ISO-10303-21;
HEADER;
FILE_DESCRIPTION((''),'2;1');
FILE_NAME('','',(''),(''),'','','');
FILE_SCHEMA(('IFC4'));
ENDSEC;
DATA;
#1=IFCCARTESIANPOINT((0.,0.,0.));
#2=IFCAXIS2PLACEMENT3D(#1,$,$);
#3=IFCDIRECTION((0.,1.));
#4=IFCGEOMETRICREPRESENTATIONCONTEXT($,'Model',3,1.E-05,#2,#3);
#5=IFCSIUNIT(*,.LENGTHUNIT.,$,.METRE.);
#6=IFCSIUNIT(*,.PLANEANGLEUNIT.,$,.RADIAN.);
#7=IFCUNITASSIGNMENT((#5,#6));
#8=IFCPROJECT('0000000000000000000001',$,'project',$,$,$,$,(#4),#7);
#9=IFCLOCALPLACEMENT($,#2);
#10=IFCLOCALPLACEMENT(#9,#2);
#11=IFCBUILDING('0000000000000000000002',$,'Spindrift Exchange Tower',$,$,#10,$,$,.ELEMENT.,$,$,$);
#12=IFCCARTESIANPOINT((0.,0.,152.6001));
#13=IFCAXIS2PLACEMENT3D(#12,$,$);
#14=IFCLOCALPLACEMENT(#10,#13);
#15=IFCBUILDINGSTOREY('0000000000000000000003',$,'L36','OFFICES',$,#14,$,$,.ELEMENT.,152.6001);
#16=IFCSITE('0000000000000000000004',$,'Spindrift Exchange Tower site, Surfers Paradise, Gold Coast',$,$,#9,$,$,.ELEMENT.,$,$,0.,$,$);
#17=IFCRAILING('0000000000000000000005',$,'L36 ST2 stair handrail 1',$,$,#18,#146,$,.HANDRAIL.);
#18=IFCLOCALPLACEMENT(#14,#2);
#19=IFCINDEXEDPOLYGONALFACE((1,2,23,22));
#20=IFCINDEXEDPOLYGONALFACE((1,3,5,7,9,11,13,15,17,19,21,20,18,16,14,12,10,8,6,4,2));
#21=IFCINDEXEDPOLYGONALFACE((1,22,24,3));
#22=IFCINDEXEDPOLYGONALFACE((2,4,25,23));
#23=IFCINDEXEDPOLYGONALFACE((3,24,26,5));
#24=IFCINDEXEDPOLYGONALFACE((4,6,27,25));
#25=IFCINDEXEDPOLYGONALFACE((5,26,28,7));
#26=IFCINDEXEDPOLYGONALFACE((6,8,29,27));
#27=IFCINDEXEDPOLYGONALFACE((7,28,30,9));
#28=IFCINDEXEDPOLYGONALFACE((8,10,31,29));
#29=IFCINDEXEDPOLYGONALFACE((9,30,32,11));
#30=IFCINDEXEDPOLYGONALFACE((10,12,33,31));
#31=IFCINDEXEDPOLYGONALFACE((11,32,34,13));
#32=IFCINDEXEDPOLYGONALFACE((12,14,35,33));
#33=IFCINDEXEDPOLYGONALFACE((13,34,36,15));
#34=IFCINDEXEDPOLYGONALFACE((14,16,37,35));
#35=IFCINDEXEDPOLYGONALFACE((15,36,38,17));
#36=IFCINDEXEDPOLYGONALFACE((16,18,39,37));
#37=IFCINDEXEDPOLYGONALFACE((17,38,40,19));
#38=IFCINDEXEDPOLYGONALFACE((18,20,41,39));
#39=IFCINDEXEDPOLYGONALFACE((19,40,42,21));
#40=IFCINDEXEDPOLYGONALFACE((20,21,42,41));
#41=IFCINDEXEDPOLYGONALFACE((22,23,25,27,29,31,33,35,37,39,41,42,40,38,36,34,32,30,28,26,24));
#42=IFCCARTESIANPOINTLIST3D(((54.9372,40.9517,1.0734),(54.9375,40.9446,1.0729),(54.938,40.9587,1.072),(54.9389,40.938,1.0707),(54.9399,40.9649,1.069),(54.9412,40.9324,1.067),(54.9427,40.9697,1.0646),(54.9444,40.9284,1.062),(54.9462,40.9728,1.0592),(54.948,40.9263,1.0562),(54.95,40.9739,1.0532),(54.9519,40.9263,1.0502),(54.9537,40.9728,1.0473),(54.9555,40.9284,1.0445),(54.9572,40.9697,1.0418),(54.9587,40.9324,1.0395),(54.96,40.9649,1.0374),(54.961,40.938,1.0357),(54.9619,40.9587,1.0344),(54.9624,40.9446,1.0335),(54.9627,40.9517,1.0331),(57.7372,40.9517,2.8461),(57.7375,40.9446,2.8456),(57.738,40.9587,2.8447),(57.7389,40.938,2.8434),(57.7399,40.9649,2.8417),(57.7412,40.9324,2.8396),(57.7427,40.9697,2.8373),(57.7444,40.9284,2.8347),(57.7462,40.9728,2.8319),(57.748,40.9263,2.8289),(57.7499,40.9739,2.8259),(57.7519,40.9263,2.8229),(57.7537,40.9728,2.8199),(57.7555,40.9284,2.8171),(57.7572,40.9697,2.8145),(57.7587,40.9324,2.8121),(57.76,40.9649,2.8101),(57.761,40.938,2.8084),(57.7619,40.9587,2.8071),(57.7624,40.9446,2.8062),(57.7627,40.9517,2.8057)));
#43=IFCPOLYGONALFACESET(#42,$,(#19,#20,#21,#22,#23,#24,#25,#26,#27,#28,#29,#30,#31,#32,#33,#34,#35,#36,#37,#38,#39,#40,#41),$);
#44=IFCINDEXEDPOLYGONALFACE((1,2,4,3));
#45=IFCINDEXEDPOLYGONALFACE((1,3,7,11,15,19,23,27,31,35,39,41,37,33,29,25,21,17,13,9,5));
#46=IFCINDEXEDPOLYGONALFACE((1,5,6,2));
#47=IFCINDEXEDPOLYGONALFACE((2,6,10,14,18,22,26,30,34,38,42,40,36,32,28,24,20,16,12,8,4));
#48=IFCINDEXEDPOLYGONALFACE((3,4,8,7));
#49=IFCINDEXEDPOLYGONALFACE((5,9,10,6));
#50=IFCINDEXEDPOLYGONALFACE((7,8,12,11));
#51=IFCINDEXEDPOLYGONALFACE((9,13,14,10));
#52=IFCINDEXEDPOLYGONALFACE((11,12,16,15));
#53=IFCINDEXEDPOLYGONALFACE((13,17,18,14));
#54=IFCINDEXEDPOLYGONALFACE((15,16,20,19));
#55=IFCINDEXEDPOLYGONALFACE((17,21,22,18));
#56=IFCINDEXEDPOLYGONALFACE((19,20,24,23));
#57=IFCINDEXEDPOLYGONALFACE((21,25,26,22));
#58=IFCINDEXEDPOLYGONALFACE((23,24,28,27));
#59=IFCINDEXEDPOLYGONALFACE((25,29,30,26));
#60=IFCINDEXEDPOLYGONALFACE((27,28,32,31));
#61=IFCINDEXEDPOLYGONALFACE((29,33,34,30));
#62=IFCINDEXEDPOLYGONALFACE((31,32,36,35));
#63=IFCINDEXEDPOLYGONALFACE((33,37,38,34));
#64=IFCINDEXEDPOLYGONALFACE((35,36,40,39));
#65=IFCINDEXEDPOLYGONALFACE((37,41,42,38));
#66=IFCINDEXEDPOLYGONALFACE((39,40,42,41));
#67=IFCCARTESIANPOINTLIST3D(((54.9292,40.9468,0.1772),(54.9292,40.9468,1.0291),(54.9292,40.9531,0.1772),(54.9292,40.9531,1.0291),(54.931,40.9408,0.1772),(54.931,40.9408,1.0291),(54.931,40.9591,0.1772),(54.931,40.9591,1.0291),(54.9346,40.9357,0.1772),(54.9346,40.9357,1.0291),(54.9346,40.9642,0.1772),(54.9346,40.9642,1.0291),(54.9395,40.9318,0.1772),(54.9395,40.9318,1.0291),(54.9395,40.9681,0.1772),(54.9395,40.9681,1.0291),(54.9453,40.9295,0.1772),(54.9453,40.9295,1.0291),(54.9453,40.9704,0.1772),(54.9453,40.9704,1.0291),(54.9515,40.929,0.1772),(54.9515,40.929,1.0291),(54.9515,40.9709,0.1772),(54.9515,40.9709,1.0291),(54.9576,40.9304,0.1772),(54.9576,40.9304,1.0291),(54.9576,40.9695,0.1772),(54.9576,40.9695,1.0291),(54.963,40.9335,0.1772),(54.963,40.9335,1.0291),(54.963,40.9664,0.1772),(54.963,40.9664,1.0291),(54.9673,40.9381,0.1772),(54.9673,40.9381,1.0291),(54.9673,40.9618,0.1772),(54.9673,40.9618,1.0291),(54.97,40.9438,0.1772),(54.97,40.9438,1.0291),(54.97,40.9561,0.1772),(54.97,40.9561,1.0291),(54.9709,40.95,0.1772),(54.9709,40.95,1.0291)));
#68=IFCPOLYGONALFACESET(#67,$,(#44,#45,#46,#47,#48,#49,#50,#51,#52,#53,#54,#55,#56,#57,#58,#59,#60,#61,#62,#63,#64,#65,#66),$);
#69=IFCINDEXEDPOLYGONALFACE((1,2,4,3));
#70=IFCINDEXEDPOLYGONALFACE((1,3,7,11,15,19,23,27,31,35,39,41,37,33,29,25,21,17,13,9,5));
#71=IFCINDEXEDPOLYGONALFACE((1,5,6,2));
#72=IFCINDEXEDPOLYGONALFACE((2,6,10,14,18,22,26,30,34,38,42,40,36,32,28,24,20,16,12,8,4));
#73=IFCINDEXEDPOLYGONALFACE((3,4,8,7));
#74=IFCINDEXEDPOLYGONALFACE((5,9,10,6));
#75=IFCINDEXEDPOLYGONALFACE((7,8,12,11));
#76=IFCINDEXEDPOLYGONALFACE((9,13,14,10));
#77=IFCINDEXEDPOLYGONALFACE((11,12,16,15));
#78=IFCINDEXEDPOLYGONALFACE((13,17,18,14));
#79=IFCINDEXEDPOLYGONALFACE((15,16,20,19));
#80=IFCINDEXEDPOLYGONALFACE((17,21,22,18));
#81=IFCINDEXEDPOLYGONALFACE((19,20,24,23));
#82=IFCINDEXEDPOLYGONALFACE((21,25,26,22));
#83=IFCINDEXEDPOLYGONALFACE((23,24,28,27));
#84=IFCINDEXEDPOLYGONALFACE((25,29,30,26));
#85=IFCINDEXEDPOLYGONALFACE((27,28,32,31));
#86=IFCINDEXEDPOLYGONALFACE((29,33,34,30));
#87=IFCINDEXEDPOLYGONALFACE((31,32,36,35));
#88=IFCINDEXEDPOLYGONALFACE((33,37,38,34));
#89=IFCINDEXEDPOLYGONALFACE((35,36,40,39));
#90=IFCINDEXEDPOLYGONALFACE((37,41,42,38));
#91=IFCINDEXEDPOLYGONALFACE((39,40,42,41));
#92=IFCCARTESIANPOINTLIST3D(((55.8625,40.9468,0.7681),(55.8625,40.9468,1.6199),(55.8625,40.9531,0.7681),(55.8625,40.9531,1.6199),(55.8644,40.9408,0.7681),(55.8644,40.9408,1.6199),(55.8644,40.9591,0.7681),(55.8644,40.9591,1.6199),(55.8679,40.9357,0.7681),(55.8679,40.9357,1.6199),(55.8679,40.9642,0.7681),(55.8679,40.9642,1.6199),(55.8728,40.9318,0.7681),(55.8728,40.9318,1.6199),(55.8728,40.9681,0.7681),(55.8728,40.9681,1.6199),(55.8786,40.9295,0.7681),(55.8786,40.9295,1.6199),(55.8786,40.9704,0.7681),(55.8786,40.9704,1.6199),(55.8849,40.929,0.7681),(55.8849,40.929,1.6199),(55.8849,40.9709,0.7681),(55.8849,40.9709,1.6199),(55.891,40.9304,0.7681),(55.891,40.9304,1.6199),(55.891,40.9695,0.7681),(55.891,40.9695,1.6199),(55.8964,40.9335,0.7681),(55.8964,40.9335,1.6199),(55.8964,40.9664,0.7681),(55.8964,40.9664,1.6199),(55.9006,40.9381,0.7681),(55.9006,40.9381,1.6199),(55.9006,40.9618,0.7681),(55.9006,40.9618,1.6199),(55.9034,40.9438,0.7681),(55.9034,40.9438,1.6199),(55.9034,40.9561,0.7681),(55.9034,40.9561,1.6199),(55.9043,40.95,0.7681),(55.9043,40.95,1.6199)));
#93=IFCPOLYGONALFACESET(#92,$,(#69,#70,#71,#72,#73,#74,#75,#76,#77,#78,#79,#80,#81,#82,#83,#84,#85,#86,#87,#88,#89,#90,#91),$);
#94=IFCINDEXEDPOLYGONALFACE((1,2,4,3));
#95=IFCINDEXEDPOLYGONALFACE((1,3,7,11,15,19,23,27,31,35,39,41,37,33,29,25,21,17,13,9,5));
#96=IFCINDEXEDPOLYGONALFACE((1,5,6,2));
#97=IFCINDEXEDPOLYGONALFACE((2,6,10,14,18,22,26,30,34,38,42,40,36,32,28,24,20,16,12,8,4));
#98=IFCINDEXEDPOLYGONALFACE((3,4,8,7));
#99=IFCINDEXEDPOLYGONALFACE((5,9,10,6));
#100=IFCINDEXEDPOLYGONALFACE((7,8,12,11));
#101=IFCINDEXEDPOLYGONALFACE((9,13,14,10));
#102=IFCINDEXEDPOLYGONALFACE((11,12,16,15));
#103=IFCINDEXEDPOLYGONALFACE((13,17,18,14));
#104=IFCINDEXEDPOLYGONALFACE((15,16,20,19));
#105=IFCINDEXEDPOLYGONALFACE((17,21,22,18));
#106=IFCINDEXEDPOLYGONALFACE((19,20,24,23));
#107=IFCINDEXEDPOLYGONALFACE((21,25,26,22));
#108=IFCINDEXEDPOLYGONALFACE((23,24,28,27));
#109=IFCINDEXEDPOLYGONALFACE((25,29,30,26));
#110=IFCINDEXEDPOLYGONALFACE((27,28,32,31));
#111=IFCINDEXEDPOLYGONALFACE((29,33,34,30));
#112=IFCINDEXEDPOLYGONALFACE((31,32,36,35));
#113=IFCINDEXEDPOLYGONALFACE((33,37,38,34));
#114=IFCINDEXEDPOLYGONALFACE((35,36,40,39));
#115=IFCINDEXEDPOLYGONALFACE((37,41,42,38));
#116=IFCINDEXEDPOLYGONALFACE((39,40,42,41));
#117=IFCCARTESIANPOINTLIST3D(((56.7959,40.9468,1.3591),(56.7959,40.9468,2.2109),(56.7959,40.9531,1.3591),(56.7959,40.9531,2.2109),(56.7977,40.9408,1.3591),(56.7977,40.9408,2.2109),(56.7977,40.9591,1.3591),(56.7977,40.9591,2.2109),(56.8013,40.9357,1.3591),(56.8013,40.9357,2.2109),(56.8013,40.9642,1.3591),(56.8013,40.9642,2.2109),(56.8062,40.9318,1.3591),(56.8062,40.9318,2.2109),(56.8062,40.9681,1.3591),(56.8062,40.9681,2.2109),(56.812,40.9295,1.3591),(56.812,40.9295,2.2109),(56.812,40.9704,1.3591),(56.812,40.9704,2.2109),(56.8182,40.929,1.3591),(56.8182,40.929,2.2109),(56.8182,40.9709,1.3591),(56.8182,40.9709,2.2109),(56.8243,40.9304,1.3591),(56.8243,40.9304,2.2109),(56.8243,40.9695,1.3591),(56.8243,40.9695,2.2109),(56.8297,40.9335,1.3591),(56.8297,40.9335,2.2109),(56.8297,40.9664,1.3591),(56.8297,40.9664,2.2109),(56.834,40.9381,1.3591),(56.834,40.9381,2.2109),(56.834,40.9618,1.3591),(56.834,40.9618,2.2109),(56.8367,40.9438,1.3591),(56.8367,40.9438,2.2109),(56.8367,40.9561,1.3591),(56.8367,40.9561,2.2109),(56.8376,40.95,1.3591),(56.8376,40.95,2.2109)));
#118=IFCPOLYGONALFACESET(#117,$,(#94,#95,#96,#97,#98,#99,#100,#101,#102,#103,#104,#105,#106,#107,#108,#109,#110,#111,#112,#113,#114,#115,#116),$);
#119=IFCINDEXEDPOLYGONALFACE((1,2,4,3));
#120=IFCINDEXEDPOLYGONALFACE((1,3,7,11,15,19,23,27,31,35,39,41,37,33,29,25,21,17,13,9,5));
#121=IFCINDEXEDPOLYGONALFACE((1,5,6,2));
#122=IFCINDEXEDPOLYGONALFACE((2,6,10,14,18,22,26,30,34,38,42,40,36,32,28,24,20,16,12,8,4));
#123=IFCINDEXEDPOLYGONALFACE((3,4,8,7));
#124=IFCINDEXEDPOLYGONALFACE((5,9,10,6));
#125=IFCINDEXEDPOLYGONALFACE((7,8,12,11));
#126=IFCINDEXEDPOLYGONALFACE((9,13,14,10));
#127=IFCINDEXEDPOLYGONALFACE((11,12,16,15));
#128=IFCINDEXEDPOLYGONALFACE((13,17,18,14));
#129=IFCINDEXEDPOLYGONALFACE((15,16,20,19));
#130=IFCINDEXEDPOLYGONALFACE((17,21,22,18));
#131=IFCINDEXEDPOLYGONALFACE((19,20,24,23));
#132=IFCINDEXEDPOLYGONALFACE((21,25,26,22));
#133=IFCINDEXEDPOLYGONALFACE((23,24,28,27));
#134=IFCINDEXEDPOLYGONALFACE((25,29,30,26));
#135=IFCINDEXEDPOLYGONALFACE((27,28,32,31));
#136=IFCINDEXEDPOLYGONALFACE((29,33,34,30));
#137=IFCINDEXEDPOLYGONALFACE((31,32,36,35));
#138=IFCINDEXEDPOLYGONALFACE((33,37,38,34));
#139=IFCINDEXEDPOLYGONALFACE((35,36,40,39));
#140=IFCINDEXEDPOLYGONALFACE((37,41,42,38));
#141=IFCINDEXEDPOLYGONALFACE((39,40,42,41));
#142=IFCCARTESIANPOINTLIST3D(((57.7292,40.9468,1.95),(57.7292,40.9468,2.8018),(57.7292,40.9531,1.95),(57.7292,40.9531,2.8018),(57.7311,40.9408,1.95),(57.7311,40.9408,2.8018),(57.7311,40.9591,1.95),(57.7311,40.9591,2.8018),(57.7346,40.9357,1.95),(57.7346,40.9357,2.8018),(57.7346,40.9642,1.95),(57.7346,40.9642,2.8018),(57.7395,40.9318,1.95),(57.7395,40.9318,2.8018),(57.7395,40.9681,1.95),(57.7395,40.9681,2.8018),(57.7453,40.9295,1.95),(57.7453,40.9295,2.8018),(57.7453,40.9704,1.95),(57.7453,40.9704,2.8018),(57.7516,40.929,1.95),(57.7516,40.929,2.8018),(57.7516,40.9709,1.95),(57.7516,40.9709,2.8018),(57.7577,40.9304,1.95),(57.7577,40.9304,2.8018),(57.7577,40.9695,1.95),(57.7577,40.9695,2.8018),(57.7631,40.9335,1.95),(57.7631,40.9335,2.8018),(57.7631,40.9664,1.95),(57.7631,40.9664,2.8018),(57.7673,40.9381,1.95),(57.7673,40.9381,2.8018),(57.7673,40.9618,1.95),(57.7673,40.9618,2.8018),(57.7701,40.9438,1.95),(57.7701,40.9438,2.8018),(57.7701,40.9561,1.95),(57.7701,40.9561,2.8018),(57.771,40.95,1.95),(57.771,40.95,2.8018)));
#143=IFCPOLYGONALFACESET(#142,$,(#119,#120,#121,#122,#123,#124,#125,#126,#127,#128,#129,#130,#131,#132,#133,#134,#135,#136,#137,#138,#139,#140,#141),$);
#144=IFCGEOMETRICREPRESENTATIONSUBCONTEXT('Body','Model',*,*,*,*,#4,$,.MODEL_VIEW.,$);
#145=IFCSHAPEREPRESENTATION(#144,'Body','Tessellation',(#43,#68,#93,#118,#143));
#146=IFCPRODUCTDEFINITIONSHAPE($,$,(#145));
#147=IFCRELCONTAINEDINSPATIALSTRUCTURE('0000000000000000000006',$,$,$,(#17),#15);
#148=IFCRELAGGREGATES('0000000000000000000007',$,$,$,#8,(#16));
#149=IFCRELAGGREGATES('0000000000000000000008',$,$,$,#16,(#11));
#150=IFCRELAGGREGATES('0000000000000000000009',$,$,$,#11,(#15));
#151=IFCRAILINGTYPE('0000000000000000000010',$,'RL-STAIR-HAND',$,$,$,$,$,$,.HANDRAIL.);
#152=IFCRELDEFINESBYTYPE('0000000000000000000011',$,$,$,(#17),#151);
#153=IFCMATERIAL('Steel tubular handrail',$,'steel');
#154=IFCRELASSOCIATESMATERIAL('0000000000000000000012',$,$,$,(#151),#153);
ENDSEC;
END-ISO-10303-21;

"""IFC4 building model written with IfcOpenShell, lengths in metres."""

from ifc_helpers import new_model, si_unit, direction, frame, origin, origin_2d, place, context, subcontext, project, spatial, circle, extrude, material, type_object, element, save


model = new_model("IFC4")

# Units and contexts
model_context = context("Model", 3, precision=1e-05, world=origin(), true_north=direction((0.0, 1.0)))
body_context = subcontext(model_context, "Body", "Model", "MODEL_VIEW")
ifc_project = project(units=[si_unit("LENGTHUNIT", "METRE"), si_unit("PLANEANGLEUNIT", "RADIAN")], contexts=[model_context])

# Site, building, storey
site_placement = place(None, origin())
site = spatial("IfcSite", under=ifc_project, at=site_placement, Name="Spindrift Exchange Tower site, Surfers Paradise, Gold Coast", CompositionType="ELEMENT", RefElevation=0.0)
building_placement = place(site_placement, origin())
building = spatial("IfcBuilding", under=site, at=building_placement, Name="Spindrift Exchange Tower", CompositionType="ELEMENT")
storey_placement = place(building_placement, frame((0.0, 0.0, 152.6001)))
storey = spatial("IfcBuildingStorey", under=building, at=storey_placement, Name="L36", Description="OFFICES", CompositionType="ELEMENT", Elevation=152.6001)

# Railing
ifc_material_1 = material(Name="Steel tubular handrail", Category="steel")
railing_type_1 = type_object("IfcRailingType", Name="RL-STAIR-HAND", PredefinedType="HANDRAIL", material=ifc_material_1)
railing_1_placement = place(storey_placement, frame((54.95, 40.95, 0.1772)))
element("IfcRailing", 1, at=railing_1_placement, inside=storey, type_object=railing_type_1, Name="L36 ST2 stair handrail 1", PredefinedType="HANDRAIL", context=body_context, shape_type="SweptSolid", body=[
    extrude(circle(Radius=0.0239, at=origin_2d()), frame((0.0, 0.0, 0.876), z_axis=(0.844909, 0.0, 0.53491), x_axis=(0.0, 1.0, 0.0)), (0.0, 0.0, 1.0), 3.314),
    extrude(circle(Radius=0.021, at=origin_2d()), origin(), (0.0, 0.0, 1.0), 0.8518),
    extrude(circle(Radius=0.021, at=origin_2d()), frame((0.9333, 0.0, 0.5908)), (0.0, 0.0, 1.0), 0.8518),
    extrude(circle(Radius=0.021, at=origin_2d()), frame((1.8667, 0.0, 1.1819)), (0.0, 0.0, 1.0), 0.8518),
    extrude(circle(Radius=0.021, at=origin_2d()), frame((2.8, 0.0, 1.7727)), (0.0, 0.0, 1.0), 0.8518),
])

save(model, "model.ifc")
